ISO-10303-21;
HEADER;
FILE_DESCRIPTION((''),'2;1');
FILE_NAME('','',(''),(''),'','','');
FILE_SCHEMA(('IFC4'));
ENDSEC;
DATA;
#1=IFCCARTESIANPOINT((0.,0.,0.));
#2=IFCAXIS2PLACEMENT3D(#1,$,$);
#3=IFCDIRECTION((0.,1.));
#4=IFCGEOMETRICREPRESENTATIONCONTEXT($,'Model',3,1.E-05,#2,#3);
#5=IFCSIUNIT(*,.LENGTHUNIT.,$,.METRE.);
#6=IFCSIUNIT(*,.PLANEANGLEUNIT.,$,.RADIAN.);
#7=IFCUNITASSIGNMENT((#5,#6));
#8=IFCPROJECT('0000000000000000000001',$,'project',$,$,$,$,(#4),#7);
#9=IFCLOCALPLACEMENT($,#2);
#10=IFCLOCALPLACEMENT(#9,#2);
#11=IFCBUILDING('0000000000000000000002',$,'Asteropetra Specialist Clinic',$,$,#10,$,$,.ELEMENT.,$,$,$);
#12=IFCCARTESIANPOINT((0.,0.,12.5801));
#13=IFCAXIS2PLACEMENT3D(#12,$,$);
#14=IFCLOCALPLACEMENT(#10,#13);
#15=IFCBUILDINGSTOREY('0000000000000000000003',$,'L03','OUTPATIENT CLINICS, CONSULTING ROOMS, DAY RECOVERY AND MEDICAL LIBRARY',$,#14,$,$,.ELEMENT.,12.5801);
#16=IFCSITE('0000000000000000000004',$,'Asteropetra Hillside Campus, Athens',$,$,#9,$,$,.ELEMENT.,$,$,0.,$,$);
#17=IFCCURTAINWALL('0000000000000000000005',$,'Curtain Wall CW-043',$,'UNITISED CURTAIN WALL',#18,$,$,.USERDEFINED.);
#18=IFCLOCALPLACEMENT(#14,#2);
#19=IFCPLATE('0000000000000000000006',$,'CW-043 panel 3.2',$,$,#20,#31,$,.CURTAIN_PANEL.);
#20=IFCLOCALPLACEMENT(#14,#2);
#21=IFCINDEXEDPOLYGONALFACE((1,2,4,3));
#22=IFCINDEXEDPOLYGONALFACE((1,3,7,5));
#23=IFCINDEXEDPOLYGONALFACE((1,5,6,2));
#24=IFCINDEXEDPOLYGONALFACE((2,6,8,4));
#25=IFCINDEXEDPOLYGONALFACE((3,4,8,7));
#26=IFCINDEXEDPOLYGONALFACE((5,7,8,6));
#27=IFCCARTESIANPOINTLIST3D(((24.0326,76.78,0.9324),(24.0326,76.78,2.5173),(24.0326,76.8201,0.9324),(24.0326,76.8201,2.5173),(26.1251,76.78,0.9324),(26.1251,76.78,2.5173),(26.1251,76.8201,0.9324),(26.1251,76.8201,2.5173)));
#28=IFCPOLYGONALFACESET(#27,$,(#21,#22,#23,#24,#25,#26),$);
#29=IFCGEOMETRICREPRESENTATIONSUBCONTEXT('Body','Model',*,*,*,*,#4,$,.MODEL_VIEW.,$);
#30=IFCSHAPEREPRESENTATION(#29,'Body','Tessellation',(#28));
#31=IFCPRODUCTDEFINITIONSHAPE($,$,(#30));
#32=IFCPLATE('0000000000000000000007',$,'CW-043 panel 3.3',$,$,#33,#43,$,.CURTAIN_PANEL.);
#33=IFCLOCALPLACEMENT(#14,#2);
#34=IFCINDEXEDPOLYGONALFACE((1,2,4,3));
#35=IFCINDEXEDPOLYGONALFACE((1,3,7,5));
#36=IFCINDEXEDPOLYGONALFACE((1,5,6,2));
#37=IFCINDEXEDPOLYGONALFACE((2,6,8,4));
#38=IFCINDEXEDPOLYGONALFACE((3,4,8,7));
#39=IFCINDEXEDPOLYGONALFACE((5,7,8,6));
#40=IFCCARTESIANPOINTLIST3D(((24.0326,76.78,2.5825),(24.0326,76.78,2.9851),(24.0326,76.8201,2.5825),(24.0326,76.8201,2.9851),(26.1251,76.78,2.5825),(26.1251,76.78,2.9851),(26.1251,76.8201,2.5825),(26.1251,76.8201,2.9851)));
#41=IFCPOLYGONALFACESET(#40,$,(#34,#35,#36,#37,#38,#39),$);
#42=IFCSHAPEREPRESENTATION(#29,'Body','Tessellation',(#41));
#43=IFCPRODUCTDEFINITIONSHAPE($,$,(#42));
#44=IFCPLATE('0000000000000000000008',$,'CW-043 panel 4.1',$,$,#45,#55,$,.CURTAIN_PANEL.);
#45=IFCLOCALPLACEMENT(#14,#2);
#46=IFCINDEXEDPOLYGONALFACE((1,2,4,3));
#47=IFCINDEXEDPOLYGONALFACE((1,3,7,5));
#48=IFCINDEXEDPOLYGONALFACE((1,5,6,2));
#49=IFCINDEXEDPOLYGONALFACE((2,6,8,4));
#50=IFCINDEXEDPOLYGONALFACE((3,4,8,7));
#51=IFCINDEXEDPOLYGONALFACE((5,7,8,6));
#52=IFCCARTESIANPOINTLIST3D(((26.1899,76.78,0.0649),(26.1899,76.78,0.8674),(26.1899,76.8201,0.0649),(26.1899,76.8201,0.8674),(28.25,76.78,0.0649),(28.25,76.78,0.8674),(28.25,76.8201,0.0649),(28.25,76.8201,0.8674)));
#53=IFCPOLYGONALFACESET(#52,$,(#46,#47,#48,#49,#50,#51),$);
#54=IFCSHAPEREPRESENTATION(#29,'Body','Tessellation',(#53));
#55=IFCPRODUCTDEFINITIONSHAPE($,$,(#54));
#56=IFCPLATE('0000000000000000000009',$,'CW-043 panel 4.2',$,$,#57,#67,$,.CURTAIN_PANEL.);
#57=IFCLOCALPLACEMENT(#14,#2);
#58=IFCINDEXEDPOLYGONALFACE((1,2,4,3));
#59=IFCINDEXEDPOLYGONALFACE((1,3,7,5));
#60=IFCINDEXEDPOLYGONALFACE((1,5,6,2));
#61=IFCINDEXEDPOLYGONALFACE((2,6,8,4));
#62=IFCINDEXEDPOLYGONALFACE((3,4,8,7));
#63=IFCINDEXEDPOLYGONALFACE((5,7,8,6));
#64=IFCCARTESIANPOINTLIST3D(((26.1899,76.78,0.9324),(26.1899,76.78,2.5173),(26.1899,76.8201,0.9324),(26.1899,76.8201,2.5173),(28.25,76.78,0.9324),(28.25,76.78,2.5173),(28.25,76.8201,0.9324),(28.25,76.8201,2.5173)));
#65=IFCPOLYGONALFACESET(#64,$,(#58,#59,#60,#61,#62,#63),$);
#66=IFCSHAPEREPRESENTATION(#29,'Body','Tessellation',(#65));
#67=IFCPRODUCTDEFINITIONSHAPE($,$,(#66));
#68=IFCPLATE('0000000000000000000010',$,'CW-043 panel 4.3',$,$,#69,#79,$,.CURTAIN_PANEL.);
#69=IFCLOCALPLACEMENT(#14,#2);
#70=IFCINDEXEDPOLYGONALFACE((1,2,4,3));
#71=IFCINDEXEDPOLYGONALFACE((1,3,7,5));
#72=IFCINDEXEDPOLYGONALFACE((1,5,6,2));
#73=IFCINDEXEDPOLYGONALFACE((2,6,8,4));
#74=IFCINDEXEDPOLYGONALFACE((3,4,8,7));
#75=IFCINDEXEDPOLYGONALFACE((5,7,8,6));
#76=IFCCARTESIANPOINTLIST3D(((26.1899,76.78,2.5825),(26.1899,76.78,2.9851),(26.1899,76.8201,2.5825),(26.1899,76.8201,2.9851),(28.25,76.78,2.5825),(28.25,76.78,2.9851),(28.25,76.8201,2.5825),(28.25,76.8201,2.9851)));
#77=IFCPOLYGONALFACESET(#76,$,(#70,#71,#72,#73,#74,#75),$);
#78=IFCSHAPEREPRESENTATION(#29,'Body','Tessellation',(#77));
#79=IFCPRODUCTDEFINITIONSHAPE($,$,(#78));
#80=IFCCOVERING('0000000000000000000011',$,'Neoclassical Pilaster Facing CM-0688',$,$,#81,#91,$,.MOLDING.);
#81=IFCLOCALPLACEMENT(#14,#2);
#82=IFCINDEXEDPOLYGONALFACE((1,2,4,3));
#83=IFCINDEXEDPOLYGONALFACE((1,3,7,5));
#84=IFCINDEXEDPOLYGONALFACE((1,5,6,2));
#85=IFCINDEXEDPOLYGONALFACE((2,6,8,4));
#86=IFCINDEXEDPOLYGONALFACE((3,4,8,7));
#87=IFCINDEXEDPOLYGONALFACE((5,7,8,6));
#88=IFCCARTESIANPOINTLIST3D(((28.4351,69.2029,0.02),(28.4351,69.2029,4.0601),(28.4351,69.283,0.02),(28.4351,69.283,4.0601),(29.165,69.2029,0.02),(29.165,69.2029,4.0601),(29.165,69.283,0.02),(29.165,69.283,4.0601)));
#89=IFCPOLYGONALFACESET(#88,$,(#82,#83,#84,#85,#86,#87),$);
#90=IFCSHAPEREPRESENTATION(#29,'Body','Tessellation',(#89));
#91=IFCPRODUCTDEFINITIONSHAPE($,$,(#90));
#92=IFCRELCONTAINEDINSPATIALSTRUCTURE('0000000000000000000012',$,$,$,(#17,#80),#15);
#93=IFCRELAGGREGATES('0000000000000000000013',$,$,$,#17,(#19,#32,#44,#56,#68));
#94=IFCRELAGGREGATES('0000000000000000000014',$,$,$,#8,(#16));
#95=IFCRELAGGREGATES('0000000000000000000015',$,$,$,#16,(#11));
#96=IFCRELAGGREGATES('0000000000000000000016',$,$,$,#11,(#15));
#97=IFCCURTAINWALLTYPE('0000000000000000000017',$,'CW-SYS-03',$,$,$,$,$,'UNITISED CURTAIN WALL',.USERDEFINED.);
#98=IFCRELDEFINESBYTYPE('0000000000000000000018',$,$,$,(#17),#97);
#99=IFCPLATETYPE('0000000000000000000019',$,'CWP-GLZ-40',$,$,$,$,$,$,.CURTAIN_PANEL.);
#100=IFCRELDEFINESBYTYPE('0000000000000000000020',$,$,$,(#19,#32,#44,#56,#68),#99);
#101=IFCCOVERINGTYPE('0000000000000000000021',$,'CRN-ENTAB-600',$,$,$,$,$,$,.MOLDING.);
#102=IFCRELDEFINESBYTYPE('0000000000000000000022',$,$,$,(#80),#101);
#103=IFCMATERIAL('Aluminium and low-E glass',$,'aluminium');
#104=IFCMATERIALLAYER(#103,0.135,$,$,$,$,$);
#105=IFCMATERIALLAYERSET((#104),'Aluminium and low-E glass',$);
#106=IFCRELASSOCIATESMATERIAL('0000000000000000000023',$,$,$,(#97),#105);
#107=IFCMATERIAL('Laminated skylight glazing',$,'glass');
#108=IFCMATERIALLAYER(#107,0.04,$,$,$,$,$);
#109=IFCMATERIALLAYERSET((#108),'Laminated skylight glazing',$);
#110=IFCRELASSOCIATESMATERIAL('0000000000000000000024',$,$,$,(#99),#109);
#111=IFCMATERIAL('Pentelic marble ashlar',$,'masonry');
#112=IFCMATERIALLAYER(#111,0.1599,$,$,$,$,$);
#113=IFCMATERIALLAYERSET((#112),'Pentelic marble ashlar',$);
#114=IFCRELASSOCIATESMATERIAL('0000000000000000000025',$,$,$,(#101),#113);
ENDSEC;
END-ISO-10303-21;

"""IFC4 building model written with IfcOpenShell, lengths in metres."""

from ifc_helpers import new_model, si_unit, direction, frame, origin, origin_2d, place, context, subcontext, project, spatial, rectangle, extrude, material, layer, layer_set, type_object, element, aggregate, save


model = new_model("IFC4")

# Units and contexts
model_context = context("Model", 3, precision=1e-05, world=origin(), true_north=direction((0.0, 1.0)))
body_context = subcontext(model_context, "Body", "Model", "MODEL_VIEW")
ifc_project = project(units=[si_unit("LENGTHUNIT", "METRE"), si_unit("PLANEANGLEUNIT", "RADIAN")], contexts=[model_context])

# Site, building, storey
site_placement = place(None, origin())
site = spatial("IfcSite", under=ifc_project, at=site_placement, Name="Asteropetra Hillside Campus, Athens", CompositionType="ELEMENT", RefElevation=0.0)
building_placement = place(site_placement, origin())
building = spatial("IfcBuilding", under=site, at=building_placement, Name="Asteropetra Specialist Clinic", CompositionType="ELEMENT")
storey_placement = place(building_placement, frame((0.0, 0.0, 12.5801)))
storey = spatial("IfcBuildingStorey", under=building, at=storey_placement, Name="L03", Description="OUTPATIENT CLINICS, CONSULTING ROOMS, DAY RECOVERY AND MEDICAL LIBRARY", CompositionType="ELEMENT", Elevation=12.5801)

# Curtain wall
ifc_material_1 = material(Name="Aluminium and low-E glass", Category="aluminium")
ifc_layer_1 = layer(ifc_material_1, 0.135)
ifc_layer_set_1 = layer_set([ifc_layer_1], Name="Aluminium and low-E glass")
curtain_wall_type_1 = type_object("IfcCurtainWallType", Name="CW-SYS-03", ElementType="UNITISED CURTAIN WALL", PredefinedType="USERDEFINED", material=ifc_layer_set_1)
curtain_wall_1_placement = place(storey_placement, origin())
curtain_wall_1 = element("IfcCurtainWall", 1, at=curtain_wall_1_placement, inside=storey, type_object=curtain_wall_type_1, Name="Curtain Wall CW-043", ObjectType="UNITISED CURTAIN WALL", PredefinedType="USERDEFINED")

# Plates
ifc_material_2 = material(Name="Laminated skylight glazing", Category="glass")
ifc_layer_2 = layer(ifc_material_2, 0.04)
ifc_layer_set_2 = layer_set([ifc_layer_2], Name="Laminated skylight glazing")
plate_type = type_object("IfcPlateType", Name="CWP-GLZ-40", PredefinedType="CURTAIN_PANEL", material=ifc_layer_set_2)
plate_1_placement = place(storey_placement, frame((25.0789, 76.8, 0.9324), z_axis=(0.0, 0.0, 1.0), x_axis=(1.0, 0.0, 0.0)))
plate_1 = element("IfcPlate", 2, at=plate_1_placement, type_object=plate_type, Name="CW-043 panel 3.2", PredefinedType="CURTAIN_PANEL", context=body_context, shape_type="SweptSolid", body=[
    extrude(rectangle(XDim=2.0925, YDim=0.04, at=origin_2d()), origin(), (0.0, 0.0, 1.0), 1.585),
])
plate_2_placement = place(storey_placement, frame((25.0789, 76.8, 2.5825), z_axis=(0.0, 0.0, 1.0), x_axis=(1.0, 0.0, 0.0)))
plate_2 = element("IfcPlate", 3, at=plate_2_placement, type_object=plate_type, Name="CW-043 panel 3.3", PredefinedType="CURTAIN_PANEL", context=body_context, shape_type="SweptSolid", body=[
    extrude(rectangle(XDim=2.0925, YDim=0.04, at=origin_2d()), origin(), (0.0, 0.0, 1.0), 0.4026),
])
plate_3_placement = place(storey_placement, frame((27.22, 76.8, 0.0649), z_axis=(0.0, 0.0, 1.0), x_axis=(1.0, 0.0, 0.0)))
plate_3 = element("IfcPlate", 4, at=plate_3_placement, type_object=plate_type, Name="CW-043 panel 4.1", PredefinedType="CURTAIN_PANEL", context=body_context, shape_type="SweptSolid", body=[
    extrude(rectangle(XDim=2.0601, YDim=0.04, at=origin_2d()), origin(), (0.0, 0.0, 1.0), 0.8025),
])
plate_4_placement = place(storey_placement, frame((27.22, 76.8, 0.9324), z_axis=(0.0, 0.0, 1.0), x_axis=(1.0, 0.0, 0.0)))
plate_4 = element("IfcPlate", 5, at=plate_4_placement, type_object=plate_type, Name="CW-043 panel 4.2", PredefinedType="CURTAIN_PANEL", context=body_context, shape_type="SweptSolid", body=[
    extrude(rectangle(XDim=2.0601, YDim=0.04, at=origin_2d()), origin(), (0.0, 0.0, 1.0), 1.585),
])
plate_5_placement = place(storey_placement, frame((27.22, 76.8, 2.5825), z_axis=(0.0, 0.0, 1.0), x_axis=(1.0, 0.0, 0.0)))
plate_5 = element("IfcPlate", 6, at=plate_5_placement, type_object=plate_type, Name="CW-043 panel 4.3", PredefinedType="CURTAIN_PANEL", context=body_context, shape_type="SweptSolid", body=[
    extrude(rectangle(XDim=2.0601, YDim=0.04, at=origin_2d()), origin(), (0.0, 0.0, 1.0), 0.4026),
])
aggregate(curtain_wall_1, [plate_1, plate_2, plate_3, plate_4, plate_5])

# Covering
ifc_material_3 = material(Name="Pentelic marble ashlar", Category="masonry")
ifc_layer_3 = layer(ifc_material_3, 0.1599)
ifc_layer_set_3 = layer_set([ifc_layer_3], Name="Pentelic marble ashlar")
covering_type = type_object("IfcCoveringType", Name="CRN-ENTAB-600", PredefinedType="MOLDING", material=ifc_layer_set_3)
covering_placement = place(storey_placement, frame((28.8, 69.2429, 0.02), z_axis=(0.0, 0.0, 1.0), x_axis=(1.0, 0.0, 0.0)))
element("IfcCovering", 7, at=covering_placement, inside=storey, type_object=covering_type, Name="Neoclassical Pilaster Facing CM-0688", PredefinedType="MOLDING", context=body_context, shape_type="SweptSolid", body=[
    extrude(rectangle(XDim=0.73, YDim=0.0801, at=origin_2d()), origin(), (0.0, 0.0, 1.0), 4.04),
])

save(model, "model.ifc")
